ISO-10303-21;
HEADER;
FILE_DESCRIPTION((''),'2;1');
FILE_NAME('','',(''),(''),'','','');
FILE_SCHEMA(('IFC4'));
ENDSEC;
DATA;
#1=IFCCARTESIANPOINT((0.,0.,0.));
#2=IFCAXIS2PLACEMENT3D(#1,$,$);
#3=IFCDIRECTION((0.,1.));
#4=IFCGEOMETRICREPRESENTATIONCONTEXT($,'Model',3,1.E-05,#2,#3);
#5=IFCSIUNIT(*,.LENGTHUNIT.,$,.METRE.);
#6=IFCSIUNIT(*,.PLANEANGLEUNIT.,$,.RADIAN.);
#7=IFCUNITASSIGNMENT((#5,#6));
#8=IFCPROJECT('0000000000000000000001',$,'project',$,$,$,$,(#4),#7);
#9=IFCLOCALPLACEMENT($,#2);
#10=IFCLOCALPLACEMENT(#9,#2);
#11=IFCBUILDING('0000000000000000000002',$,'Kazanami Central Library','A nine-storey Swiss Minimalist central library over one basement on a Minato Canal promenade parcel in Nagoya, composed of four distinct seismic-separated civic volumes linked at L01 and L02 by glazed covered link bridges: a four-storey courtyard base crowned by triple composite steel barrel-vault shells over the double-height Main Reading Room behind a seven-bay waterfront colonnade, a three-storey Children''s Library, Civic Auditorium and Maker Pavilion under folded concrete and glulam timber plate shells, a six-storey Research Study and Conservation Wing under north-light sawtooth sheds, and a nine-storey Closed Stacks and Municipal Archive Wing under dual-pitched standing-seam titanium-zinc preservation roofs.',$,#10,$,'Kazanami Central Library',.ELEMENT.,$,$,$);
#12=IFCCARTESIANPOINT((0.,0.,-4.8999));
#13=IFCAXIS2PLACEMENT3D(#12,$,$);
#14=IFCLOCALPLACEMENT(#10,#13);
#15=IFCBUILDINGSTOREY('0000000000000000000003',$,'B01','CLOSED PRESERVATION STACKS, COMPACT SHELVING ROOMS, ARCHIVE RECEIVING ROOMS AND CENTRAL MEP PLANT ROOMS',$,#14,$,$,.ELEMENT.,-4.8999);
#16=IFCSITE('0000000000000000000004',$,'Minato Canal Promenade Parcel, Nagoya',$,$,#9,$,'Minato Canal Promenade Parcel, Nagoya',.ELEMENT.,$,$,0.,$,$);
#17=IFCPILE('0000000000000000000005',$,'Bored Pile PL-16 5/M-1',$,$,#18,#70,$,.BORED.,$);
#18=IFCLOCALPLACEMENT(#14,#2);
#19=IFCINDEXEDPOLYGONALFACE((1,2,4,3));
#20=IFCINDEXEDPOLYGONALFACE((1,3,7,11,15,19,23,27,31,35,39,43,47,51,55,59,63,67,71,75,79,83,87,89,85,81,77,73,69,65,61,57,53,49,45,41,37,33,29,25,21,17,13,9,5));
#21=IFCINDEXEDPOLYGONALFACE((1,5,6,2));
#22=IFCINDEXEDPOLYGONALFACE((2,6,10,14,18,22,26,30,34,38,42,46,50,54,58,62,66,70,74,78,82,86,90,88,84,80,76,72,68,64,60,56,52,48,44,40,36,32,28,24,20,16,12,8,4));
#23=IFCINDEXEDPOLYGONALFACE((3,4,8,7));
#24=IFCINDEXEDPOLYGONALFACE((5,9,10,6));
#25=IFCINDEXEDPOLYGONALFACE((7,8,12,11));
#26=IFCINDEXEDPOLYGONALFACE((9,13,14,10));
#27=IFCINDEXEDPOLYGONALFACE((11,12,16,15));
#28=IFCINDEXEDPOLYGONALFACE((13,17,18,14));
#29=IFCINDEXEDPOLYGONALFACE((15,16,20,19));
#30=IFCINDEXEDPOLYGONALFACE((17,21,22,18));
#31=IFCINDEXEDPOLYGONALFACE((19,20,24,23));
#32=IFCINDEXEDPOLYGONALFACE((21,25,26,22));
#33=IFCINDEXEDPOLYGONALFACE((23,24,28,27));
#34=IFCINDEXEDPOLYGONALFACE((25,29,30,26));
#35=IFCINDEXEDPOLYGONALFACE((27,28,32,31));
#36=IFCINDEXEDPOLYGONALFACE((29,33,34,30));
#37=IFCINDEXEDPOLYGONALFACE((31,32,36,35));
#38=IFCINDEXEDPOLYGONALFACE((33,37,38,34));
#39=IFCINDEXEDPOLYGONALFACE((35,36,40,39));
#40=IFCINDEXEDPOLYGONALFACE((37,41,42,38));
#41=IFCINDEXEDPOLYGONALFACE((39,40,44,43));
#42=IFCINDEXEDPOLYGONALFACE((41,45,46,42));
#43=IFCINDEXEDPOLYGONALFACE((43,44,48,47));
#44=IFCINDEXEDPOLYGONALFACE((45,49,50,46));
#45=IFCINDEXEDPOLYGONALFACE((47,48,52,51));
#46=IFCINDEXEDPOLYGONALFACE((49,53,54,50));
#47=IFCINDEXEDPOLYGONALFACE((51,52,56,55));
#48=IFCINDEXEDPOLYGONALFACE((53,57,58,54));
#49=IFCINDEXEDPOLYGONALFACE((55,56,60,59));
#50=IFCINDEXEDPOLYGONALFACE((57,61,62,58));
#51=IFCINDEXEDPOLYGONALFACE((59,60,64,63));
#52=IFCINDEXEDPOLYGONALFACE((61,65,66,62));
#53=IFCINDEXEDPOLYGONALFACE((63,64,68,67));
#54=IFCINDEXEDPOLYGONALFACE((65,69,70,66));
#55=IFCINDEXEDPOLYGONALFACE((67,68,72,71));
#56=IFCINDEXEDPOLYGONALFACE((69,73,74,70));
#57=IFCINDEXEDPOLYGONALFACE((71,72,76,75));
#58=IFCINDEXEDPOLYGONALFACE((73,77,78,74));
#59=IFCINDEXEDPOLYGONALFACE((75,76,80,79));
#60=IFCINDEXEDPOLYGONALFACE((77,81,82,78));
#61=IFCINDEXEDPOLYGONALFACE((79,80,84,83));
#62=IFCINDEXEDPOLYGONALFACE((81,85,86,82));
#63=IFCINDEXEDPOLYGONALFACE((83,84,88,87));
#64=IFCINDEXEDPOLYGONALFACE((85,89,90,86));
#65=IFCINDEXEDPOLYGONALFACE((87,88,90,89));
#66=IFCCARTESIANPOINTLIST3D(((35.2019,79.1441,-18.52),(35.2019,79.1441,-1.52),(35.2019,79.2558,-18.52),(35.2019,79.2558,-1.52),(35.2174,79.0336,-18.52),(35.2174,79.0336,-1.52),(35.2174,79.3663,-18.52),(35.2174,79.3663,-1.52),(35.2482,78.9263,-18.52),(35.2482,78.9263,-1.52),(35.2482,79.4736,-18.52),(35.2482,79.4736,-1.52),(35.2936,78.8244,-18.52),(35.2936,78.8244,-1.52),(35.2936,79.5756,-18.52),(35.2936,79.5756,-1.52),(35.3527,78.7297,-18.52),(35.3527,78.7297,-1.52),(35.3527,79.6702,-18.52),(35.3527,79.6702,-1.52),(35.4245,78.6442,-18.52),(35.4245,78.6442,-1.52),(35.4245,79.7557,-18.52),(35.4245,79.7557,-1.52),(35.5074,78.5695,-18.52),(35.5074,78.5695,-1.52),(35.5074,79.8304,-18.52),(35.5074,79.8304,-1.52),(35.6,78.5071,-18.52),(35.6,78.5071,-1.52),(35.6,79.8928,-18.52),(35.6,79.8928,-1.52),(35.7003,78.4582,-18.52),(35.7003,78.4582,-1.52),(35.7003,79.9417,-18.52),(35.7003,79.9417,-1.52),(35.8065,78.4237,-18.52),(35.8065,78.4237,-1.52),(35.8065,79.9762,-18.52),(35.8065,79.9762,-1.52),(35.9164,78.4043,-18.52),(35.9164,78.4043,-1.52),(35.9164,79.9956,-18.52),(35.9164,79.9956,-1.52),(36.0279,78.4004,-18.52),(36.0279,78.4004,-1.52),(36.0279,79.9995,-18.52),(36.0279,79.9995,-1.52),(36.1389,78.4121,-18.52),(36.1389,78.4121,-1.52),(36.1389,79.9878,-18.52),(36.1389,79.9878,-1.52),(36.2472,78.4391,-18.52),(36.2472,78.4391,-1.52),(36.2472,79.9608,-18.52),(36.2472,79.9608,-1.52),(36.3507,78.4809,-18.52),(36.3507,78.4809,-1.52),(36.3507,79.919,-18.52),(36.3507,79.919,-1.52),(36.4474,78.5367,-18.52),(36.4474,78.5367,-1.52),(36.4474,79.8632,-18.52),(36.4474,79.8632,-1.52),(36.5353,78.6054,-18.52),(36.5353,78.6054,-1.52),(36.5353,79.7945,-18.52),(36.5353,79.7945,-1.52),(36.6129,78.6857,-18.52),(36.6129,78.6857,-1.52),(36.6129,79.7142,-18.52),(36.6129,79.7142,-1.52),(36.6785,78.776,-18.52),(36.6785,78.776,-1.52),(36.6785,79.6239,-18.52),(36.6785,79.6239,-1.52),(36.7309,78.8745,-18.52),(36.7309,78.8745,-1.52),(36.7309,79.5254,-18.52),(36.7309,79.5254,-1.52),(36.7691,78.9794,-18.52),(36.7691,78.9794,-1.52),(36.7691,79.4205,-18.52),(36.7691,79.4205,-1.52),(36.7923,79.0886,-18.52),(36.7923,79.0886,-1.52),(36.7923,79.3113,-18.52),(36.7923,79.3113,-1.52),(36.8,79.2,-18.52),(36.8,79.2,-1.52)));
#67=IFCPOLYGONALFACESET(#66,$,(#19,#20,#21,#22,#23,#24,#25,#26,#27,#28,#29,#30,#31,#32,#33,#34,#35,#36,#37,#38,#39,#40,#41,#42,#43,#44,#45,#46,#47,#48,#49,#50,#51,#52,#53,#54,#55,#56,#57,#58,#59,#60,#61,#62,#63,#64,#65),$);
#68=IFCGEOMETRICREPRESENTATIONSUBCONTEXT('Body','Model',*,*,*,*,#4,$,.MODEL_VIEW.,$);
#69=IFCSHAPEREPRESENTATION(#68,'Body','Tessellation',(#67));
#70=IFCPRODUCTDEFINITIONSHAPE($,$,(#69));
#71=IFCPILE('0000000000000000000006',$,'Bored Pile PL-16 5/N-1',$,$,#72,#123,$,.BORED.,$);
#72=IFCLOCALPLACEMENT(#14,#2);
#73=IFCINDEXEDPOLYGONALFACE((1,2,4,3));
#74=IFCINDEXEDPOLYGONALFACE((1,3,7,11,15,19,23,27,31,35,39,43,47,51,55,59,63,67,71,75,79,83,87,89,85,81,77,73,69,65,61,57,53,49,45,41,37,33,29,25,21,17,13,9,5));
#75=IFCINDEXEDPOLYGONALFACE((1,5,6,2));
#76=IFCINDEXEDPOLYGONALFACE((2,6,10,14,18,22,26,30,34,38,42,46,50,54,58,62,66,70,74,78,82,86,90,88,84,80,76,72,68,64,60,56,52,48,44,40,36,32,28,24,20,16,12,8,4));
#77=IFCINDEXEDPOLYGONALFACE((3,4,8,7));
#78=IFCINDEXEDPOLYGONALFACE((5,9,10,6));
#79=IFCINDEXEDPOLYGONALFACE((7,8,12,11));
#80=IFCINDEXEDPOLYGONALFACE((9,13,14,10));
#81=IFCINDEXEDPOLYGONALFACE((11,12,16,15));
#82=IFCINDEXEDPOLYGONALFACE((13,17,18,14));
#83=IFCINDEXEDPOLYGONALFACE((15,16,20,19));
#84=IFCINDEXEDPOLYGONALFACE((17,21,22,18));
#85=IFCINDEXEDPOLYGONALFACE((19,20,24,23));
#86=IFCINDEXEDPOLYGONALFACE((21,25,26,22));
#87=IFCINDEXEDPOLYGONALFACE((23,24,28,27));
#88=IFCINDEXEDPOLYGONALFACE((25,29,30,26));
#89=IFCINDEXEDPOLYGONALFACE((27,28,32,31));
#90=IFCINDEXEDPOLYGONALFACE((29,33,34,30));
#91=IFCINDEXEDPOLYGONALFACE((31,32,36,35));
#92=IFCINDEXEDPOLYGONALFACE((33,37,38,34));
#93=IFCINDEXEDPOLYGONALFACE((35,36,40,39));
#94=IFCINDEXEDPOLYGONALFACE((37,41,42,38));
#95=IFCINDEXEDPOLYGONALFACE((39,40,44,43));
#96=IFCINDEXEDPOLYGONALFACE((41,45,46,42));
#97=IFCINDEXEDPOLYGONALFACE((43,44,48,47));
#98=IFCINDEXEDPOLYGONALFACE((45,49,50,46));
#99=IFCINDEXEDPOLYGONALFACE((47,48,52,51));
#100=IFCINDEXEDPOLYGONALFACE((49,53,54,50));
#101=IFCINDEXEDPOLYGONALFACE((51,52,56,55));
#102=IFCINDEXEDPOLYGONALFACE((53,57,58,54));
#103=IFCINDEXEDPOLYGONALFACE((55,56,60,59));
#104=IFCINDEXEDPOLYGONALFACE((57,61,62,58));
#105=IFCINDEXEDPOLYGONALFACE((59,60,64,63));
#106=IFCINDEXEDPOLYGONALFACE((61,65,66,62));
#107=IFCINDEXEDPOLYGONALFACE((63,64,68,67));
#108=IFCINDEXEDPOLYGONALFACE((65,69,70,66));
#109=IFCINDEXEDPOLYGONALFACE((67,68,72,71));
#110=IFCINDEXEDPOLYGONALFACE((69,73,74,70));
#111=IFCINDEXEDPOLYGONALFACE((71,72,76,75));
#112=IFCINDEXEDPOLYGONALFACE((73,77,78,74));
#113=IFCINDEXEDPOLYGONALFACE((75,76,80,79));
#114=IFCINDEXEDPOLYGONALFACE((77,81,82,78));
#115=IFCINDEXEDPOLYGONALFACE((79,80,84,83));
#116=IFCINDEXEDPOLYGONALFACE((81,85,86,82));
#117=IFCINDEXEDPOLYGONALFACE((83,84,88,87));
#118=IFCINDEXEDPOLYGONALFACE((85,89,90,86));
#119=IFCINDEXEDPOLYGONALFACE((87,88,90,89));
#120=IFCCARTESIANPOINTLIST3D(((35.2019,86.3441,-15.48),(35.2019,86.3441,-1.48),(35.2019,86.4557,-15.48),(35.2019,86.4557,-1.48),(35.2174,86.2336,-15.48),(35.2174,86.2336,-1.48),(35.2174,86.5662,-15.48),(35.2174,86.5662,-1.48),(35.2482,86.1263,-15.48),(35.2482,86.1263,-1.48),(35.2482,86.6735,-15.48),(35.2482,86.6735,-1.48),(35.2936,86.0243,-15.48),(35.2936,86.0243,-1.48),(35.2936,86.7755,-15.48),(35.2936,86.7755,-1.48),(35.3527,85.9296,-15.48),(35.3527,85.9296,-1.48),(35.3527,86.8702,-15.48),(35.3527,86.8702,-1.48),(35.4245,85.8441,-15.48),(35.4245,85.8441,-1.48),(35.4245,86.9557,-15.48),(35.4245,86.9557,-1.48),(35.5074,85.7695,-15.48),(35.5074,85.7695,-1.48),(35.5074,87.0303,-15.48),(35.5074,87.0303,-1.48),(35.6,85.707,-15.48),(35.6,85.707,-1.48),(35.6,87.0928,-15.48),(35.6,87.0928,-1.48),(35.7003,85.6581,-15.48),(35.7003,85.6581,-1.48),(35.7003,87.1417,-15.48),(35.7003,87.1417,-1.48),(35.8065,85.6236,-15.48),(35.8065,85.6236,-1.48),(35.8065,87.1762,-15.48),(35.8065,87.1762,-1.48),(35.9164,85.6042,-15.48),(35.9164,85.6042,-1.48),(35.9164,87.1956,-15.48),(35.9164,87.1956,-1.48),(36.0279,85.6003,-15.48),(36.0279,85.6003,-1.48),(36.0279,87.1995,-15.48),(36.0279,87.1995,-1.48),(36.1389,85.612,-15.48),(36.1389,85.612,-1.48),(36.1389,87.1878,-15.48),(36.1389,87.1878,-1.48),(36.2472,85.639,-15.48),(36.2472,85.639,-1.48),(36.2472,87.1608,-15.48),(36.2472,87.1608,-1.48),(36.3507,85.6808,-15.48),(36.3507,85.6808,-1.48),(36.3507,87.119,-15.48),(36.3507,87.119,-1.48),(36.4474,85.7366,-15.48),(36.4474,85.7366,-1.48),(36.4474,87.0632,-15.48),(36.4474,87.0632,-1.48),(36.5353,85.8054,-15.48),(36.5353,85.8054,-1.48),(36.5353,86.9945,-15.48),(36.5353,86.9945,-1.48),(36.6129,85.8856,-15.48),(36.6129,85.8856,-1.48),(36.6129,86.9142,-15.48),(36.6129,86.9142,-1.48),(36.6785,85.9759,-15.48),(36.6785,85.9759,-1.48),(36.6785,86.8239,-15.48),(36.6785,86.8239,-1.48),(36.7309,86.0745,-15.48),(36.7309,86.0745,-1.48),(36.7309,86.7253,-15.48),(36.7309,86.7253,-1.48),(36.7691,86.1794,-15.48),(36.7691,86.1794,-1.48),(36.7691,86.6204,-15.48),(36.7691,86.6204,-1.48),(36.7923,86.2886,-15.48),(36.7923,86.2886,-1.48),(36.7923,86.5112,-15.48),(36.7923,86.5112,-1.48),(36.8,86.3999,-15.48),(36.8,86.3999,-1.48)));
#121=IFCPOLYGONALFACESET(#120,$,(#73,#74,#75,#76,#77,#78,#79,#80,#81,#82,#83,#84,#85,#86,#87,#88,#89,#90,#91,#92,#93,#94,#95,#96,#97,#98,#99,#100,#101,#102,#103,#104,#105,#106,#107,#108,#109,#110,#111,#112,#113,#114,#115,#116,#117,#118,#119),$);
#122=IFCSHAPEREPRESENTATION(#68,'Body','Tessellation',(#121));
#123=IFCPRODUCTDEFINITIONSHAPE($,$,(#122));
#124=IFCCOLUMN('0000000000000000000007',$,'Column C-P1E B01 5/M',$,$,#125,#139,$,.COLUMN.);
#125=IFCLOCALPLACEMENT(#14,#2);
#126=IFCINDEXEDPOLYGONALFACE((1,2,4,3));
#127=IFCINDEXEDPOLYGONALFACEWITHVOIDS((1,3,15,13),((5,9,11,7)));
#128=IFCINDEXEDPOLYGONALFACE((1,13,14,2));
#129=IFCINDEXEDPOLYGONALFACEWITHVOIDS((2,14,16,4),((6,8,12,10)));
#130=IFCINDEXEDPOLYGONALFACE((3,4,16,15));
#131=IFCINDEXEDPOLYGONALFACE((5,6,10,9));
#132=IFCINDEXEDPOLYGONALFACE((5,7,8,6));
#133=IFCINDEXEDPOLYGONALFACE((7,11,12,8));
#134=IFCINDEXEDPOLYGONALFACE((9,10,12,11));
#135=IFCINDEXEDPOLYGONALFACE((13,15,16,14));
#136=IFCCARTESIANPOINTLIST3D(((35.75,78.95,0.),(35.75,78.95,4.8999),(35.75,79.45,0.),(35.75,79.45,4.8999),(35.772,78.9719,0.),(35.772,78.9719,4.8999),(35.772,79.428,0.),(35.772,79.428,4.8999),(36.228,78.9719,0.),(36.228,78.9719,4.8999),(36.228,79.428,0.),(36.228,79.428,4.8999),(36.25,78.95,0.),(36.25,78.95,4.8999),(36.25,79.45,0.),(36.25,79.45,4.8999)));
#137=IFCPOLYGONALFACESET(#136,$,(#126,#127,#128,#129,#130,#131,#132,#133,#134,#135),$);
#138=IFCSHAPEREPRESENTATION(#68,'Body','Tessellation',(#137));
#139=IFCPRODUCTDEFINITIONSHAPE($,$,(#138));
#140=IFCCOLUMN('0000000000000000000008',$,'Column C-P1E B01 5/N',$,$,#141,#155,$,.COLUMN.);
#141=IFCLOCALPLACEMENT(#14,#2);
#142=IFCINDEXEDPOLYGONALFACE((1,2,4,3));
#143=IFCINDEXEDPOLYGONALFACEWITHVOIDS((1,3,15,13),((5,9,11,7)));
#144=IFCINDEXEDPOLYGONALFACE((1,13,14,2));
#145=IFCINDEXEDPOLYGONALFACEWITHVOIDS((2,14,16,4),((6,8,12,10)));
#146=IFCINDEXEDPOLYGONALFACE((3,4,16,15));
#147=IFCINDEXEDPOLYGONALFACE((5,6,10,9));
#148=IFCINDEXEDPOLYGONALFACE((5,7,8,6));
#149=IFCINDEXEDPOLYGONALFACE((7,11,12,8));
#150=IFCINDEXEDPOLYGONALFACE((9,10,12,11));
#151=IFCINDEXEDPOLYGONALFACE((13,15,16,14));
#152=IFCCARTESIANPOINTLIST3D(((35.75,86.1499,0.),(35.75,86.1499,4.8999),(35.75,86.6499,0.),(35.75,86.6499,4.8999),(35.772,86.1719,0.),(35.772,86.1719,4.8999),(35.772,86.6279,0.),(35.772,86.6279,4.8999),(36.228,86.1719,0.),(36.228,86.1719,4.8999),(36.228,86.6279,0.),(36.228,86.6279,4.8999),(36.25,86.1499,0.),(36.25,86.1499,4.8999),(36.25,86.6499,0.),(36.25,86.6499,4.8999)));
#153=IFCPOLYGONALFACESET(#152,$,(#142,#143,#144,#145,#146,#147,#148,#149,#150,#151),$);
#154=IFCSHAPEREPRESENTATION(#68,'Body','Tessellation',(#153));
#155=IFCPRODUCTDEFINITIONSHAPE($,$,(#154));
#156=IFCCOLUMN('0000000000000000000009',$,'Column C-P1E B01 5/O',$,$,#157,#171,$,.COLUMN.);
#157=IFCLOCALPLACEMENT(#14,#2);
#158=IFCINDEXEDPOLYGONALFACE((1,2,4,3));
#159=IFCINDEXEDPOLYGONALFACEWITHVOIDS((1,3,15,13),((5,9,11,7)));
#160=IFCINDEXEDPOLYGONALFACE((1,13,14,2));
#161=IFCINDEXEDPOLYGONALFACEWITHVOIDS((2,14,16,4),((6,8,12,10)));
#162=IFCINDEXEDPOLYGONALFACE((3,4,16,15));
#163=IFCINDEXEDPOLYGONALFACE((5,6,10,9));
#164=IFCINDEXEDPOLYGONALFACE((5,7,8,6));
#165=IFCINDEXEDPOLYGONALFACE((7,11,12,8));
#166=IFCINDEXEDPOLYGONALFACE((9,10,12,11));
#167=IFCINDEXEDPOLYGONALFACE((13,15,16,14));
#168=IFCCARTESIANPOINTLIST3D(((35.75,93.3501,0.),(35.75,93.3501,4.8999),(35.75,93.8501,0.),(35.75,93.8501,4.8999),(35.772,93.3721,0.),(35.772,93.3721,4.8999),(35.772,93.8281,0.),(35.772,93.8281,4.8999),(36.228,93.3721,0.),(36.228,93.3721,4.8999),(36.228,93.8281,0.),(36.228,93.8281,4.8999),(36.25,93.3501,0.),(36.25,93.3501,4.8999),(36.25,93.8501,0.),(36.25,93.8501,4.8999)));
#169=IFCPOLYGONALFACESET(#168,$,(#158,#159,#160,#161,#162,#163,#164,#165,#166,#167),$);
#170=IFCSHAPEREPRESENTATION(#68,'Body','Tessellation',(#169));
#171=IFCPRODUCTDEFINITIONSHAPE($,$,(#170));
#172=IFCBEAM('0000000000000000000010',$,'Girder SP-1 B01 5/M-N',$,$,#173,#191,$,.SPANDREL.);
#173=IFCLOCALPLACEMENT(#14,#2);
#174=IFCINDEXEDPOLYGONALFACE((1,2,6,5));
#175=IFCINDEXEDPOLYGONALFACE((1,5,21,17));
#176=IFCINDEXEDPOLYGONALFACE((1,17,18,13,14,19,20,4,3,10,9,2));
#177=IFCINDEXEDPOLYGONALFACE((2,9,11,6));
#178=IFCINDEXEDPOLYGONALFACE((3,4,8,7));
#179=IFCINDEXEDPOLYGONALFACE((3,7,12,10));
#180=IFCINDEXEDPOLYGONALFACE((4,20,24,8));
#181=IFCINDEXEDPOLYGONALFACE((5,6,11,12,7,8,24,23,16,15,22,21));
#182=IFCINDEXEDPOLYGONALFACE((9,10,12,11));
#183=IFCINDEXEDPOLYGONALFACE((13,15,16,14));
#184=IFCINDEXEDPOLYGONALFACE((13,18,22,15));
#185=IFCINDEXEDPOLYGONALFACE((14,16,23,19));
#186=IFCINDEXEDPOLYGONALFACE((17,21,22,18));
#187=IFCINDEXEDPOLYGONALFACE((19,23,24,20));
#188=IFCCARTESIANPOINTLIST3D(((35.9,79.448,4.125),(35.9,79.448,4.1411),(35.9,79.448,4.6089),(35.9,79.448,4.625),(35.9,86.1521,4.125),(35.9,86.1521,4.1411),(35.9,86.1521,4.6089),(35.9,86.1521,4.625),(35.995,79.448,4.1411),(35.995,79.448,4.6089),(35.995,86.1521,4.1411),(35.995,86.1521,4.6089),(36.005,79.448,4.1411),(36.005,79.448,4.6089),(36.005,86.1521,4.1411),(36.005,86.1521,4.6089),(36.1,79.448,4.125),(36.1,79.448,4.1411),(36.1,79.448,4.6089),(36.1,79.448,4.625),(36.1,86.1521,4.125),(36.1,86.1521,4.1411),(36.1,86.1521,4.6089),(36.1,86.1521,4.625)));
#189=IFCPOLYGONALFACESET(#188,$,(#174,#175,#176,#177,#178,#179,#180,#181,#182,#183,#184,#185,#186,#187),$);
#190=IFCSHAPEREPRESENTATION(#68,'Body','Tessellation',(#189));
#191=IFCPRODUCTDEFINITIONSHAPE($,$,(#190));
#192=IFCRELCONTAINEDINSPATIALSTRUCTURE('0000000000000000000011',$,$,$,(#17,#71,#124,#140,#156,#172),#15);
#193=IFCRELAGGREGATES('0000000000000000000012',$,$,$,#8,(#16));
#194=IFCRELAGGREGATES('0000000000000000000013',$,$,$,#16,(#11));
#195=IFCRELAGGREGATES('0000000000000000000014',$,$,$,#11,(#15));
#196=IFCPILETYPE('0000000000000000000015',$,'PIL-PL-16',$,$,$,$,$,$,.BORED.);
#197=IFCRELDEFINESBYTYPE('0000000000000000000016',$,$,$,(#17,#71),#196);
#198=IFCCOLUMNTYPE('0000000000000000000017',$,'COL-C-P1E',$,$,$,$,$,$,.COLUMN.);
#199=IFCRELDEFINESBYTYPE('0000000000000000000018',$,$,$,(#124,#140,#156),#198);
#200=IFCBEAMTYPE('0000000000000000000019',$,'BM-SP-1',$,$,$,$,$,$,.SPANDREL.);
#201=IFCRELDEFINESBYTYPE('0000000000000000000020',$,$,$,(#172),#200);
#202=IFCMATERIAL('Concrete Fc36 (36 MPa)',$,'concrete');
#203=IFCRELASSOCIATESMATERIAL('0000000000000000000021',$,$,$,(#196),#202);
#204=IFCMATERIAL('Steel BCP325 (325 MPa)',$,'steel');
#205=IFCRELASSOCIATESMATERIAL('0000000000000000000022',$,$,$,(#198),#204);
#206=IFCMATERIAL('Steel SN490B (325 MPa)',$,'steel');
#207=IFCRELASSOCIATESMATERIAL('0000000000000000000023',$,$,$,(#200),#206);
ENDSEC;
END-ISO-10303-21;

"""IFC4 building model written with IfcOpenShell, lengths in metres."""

from ifc_helpers import new_model, si_unit, direction, frame, origin, origin_2d, place, context, subcontext, project, spatial, hollow_rectangle, circle, i_section, extrude, material, material_profile, profile_set, type_object, element, save


model = new_model("IFC4")

# Units and contexts
model_context = context("Model", 3, precision=1e-05, world=origin(), true_north=direction((0.0, 1.0)))
body_context = subcontext(model_context, "Body", "Model", "MODEL_VIEW")
ifc_project = project(units=[si_unit("LENGTHUNIT", "METRE"), si_unit("PLANEANGLEUNIT", "RADIAN")], contexts=[model_context])

# Site, building, storey
site_placement = place(None, origin())
site = spatial("IfcSite", under=ifc_project, at=site_placement, Name="Minato Canal Promenade Parcel, Nagoya", LongName="Minato Canal Promenade Parcel, Nagoya", CompositionType="ELEMENT", RefElevation=0.0)
building_placement = place(site_placement, origin())
building = spatial("IfcBuilding", under=site, at=building_placement, Name="Kazanami Central Library", Description="A nine-storey Swiss Minimalist central library over one basement on a Minato Canal promenade parcel in Nagoya, composed of four distinct seismic-separated civic volumes linked at L01 and L02 by glazed covered link bridges: a four-storey courtyard base crowned by triple composite steel barrel-vault shells over the double-height Main Reading Room behind a seven-bay waterfront colonnade, a three-storey Children's Library, Civic Auditorium and Maker Pavilion under folded concrete and glulam timber plate shells, a six-storey Research Study and Conservation Wing under north-light sawtooth sheds, and a nine-storey Closed Stacks and Municipal Archive Wing under dual-pitched standing-seam titanium-zinc preservation roofs.", LongName="Kazanami Central Library", CompositionType="ELEMENT")
storey_placement = place(building_placement, frame((0.0, 0.0, -4.8999)))
storey = spatial("IfcBuildingStorey", under=building, at=storey_placement, Name="B01", Description="CLOSED PRESERVATION STACKS, COMPACT SHELVING ROOMS, ARCHIVE RECEIVING ROOMS AND CENTRAL MEP PLANT ROOMS", CompositionType="ELEMENT", Elevation=-4.8999)

# Shared definitions
ifc_material_1 = material(Name="Concrete Fc36 (36 MPa)", Category="concrete")

# Piles
ifc_material_profile_1 = material_profile(ifc_material_1, circle(Radius=0.8, at=origin_2d()), Name="BORED-D1600")
ifc_profile_set_1 = profile_set([ifc_material_profile_1], Name="Concrete Fc36 (36 MPa)")
pile_type_1 = type_object("IfcPileType", Name="PIL-PL-16", PredefinedType="BORED", material=ifc_profile_set_1)
pile_1_placement = place(storey_placement, frame((36.0, 79.2, -1.52), z_axis=(0.0, 0.0, -1.0), x_axis=(1.0, 0.0, 0.0)))
element("IfcPile", 1, at=pile_1_placement, inside=storey, type_object=pile_type_1, Name="Bored Pile PL-16 5/M-1", PredefinedType="BORED", context=body_context, shape_type="SweptSolid", body=[
    extrude(circle(Radius=0.8, at=origin_2d()), origin(), (0.0, 0.0, 1.0), 17.0),
])
pile_2_placement = place(storey_placement, frame((36.0, 86.3999, -1.48), z_axis=(0.0, 0.0, -1.0), x_axis=(1.0, 0.0, 0.0)))
element("IfcPile", 2, at=pile_2_placement, inside=storey, type_object=pile_type_1, Name="Bored Pile PL-16 5/N-1", PredefinedType="BORED", context=body_context, shape_type="SweptSolid", body=[
    extrude(circle(Radius=0.8, at=origin_2d()), origin(), (0.0, 0.0, 1.0), 14.0),
])

# Columns
ifc_material_2 = material(Name="Steel BCP325 (325 MPa)", Category="steel")
ifc_material_profile_2 = material_profile(ifc_material_2, hollow_rectangle(XDim=0.5, YDim=0.5, WallThickness=0.022, at=origin_2d()), Name="BCP-500x500x22")
ifc_profile_set_2 = profile_set([ifc_material_profile_2], Name="Steel BCP325 (325 MPa)")
column_type = type_object("IfcColumnType", Name="COL-C-P1E", PredefinedType="COLUMN", material=ifc_profile_set_2)
for number, where, z_axis, x_axis, name in (
    (3, (36.0, 79.2, 0.0), (0.0, 0.0, 1.0), (1.0, 0.0, 0.0), "Column C-P1E B01 5/M"),
    (4, (36.0, 86.3999, 0.0), (0.0, 0.0, 1.0), (1.0, 0.0, 0.0), "Column C-P1E B01 5/N"),
    (5, (36.0, 93.6001, 0.0), (0.0, 0.0, 1.0), (1.0, 0.0, 0.0), "Column C-P1E B01 5/O"),
):
    element("IfcColumn", number, at=place(storey_placement, frame(where, z_axis=z_axis, x_axis=x_axis)), inside=storey, type_object=column_type, Name=name, PredefinedType="COLUMN", context=body_context, shape_type="SweptSolid", body=[
        extrude(hollow_rectangle(XDim=0.5, YDim=0.5, WallThickness=0.022, at=origin_2d()), origin(), (0.0, 0.0, 1.0), 4.8999),
    ])

# Beam
ifc_material_3 = material(Name="Steel SN490B (325 MPa)", Category="steel")
ifc_material_profile_3 = material_profile(ifc_material_3, i_section(OverallWidth=0.2, OverallDepth=0.5, WebThickness=0.01, FlangeThickness=0.0161, at=origin_2d()), Name="H-500x200x10x16")
ifc_profile_set_3 = profile_set([ifc_material_profile_3], Name="Steel SN490B (325 MPa)")
beam_type = type_object("IfcBeamType", Name="BM-SP-1", PredefinedType="SPANDREL", material=ifc_profile_set_3)
for number, where, z_axis, x_axis, name in (
    (6, (36.0, 79.448, 4.375), (0.0, 1.0, 0.0), (-1.0, 0.0, 0.0), "Girder SP-1 B01 5/M-N"),
):
    element("IfcBeam", number, at=place(storey_placement, frame(where, z_axis=z_axis, x_axis=x_axis)), inside=storey, type_object=beam_type, Name=name, PredefinedType="SPANDREL", context=body_context, shape_type="SweptSolid", body=[
        extrude(i_section(OverallWidth=0.2, OverallDepth=0.5, WebThickness=0.01, FlangeThickness=0.0161, at=origin_2d()), origin(), (0.0, 0.0, 1.0), 6.7041),
    ])

save(model, "model.ifc")
